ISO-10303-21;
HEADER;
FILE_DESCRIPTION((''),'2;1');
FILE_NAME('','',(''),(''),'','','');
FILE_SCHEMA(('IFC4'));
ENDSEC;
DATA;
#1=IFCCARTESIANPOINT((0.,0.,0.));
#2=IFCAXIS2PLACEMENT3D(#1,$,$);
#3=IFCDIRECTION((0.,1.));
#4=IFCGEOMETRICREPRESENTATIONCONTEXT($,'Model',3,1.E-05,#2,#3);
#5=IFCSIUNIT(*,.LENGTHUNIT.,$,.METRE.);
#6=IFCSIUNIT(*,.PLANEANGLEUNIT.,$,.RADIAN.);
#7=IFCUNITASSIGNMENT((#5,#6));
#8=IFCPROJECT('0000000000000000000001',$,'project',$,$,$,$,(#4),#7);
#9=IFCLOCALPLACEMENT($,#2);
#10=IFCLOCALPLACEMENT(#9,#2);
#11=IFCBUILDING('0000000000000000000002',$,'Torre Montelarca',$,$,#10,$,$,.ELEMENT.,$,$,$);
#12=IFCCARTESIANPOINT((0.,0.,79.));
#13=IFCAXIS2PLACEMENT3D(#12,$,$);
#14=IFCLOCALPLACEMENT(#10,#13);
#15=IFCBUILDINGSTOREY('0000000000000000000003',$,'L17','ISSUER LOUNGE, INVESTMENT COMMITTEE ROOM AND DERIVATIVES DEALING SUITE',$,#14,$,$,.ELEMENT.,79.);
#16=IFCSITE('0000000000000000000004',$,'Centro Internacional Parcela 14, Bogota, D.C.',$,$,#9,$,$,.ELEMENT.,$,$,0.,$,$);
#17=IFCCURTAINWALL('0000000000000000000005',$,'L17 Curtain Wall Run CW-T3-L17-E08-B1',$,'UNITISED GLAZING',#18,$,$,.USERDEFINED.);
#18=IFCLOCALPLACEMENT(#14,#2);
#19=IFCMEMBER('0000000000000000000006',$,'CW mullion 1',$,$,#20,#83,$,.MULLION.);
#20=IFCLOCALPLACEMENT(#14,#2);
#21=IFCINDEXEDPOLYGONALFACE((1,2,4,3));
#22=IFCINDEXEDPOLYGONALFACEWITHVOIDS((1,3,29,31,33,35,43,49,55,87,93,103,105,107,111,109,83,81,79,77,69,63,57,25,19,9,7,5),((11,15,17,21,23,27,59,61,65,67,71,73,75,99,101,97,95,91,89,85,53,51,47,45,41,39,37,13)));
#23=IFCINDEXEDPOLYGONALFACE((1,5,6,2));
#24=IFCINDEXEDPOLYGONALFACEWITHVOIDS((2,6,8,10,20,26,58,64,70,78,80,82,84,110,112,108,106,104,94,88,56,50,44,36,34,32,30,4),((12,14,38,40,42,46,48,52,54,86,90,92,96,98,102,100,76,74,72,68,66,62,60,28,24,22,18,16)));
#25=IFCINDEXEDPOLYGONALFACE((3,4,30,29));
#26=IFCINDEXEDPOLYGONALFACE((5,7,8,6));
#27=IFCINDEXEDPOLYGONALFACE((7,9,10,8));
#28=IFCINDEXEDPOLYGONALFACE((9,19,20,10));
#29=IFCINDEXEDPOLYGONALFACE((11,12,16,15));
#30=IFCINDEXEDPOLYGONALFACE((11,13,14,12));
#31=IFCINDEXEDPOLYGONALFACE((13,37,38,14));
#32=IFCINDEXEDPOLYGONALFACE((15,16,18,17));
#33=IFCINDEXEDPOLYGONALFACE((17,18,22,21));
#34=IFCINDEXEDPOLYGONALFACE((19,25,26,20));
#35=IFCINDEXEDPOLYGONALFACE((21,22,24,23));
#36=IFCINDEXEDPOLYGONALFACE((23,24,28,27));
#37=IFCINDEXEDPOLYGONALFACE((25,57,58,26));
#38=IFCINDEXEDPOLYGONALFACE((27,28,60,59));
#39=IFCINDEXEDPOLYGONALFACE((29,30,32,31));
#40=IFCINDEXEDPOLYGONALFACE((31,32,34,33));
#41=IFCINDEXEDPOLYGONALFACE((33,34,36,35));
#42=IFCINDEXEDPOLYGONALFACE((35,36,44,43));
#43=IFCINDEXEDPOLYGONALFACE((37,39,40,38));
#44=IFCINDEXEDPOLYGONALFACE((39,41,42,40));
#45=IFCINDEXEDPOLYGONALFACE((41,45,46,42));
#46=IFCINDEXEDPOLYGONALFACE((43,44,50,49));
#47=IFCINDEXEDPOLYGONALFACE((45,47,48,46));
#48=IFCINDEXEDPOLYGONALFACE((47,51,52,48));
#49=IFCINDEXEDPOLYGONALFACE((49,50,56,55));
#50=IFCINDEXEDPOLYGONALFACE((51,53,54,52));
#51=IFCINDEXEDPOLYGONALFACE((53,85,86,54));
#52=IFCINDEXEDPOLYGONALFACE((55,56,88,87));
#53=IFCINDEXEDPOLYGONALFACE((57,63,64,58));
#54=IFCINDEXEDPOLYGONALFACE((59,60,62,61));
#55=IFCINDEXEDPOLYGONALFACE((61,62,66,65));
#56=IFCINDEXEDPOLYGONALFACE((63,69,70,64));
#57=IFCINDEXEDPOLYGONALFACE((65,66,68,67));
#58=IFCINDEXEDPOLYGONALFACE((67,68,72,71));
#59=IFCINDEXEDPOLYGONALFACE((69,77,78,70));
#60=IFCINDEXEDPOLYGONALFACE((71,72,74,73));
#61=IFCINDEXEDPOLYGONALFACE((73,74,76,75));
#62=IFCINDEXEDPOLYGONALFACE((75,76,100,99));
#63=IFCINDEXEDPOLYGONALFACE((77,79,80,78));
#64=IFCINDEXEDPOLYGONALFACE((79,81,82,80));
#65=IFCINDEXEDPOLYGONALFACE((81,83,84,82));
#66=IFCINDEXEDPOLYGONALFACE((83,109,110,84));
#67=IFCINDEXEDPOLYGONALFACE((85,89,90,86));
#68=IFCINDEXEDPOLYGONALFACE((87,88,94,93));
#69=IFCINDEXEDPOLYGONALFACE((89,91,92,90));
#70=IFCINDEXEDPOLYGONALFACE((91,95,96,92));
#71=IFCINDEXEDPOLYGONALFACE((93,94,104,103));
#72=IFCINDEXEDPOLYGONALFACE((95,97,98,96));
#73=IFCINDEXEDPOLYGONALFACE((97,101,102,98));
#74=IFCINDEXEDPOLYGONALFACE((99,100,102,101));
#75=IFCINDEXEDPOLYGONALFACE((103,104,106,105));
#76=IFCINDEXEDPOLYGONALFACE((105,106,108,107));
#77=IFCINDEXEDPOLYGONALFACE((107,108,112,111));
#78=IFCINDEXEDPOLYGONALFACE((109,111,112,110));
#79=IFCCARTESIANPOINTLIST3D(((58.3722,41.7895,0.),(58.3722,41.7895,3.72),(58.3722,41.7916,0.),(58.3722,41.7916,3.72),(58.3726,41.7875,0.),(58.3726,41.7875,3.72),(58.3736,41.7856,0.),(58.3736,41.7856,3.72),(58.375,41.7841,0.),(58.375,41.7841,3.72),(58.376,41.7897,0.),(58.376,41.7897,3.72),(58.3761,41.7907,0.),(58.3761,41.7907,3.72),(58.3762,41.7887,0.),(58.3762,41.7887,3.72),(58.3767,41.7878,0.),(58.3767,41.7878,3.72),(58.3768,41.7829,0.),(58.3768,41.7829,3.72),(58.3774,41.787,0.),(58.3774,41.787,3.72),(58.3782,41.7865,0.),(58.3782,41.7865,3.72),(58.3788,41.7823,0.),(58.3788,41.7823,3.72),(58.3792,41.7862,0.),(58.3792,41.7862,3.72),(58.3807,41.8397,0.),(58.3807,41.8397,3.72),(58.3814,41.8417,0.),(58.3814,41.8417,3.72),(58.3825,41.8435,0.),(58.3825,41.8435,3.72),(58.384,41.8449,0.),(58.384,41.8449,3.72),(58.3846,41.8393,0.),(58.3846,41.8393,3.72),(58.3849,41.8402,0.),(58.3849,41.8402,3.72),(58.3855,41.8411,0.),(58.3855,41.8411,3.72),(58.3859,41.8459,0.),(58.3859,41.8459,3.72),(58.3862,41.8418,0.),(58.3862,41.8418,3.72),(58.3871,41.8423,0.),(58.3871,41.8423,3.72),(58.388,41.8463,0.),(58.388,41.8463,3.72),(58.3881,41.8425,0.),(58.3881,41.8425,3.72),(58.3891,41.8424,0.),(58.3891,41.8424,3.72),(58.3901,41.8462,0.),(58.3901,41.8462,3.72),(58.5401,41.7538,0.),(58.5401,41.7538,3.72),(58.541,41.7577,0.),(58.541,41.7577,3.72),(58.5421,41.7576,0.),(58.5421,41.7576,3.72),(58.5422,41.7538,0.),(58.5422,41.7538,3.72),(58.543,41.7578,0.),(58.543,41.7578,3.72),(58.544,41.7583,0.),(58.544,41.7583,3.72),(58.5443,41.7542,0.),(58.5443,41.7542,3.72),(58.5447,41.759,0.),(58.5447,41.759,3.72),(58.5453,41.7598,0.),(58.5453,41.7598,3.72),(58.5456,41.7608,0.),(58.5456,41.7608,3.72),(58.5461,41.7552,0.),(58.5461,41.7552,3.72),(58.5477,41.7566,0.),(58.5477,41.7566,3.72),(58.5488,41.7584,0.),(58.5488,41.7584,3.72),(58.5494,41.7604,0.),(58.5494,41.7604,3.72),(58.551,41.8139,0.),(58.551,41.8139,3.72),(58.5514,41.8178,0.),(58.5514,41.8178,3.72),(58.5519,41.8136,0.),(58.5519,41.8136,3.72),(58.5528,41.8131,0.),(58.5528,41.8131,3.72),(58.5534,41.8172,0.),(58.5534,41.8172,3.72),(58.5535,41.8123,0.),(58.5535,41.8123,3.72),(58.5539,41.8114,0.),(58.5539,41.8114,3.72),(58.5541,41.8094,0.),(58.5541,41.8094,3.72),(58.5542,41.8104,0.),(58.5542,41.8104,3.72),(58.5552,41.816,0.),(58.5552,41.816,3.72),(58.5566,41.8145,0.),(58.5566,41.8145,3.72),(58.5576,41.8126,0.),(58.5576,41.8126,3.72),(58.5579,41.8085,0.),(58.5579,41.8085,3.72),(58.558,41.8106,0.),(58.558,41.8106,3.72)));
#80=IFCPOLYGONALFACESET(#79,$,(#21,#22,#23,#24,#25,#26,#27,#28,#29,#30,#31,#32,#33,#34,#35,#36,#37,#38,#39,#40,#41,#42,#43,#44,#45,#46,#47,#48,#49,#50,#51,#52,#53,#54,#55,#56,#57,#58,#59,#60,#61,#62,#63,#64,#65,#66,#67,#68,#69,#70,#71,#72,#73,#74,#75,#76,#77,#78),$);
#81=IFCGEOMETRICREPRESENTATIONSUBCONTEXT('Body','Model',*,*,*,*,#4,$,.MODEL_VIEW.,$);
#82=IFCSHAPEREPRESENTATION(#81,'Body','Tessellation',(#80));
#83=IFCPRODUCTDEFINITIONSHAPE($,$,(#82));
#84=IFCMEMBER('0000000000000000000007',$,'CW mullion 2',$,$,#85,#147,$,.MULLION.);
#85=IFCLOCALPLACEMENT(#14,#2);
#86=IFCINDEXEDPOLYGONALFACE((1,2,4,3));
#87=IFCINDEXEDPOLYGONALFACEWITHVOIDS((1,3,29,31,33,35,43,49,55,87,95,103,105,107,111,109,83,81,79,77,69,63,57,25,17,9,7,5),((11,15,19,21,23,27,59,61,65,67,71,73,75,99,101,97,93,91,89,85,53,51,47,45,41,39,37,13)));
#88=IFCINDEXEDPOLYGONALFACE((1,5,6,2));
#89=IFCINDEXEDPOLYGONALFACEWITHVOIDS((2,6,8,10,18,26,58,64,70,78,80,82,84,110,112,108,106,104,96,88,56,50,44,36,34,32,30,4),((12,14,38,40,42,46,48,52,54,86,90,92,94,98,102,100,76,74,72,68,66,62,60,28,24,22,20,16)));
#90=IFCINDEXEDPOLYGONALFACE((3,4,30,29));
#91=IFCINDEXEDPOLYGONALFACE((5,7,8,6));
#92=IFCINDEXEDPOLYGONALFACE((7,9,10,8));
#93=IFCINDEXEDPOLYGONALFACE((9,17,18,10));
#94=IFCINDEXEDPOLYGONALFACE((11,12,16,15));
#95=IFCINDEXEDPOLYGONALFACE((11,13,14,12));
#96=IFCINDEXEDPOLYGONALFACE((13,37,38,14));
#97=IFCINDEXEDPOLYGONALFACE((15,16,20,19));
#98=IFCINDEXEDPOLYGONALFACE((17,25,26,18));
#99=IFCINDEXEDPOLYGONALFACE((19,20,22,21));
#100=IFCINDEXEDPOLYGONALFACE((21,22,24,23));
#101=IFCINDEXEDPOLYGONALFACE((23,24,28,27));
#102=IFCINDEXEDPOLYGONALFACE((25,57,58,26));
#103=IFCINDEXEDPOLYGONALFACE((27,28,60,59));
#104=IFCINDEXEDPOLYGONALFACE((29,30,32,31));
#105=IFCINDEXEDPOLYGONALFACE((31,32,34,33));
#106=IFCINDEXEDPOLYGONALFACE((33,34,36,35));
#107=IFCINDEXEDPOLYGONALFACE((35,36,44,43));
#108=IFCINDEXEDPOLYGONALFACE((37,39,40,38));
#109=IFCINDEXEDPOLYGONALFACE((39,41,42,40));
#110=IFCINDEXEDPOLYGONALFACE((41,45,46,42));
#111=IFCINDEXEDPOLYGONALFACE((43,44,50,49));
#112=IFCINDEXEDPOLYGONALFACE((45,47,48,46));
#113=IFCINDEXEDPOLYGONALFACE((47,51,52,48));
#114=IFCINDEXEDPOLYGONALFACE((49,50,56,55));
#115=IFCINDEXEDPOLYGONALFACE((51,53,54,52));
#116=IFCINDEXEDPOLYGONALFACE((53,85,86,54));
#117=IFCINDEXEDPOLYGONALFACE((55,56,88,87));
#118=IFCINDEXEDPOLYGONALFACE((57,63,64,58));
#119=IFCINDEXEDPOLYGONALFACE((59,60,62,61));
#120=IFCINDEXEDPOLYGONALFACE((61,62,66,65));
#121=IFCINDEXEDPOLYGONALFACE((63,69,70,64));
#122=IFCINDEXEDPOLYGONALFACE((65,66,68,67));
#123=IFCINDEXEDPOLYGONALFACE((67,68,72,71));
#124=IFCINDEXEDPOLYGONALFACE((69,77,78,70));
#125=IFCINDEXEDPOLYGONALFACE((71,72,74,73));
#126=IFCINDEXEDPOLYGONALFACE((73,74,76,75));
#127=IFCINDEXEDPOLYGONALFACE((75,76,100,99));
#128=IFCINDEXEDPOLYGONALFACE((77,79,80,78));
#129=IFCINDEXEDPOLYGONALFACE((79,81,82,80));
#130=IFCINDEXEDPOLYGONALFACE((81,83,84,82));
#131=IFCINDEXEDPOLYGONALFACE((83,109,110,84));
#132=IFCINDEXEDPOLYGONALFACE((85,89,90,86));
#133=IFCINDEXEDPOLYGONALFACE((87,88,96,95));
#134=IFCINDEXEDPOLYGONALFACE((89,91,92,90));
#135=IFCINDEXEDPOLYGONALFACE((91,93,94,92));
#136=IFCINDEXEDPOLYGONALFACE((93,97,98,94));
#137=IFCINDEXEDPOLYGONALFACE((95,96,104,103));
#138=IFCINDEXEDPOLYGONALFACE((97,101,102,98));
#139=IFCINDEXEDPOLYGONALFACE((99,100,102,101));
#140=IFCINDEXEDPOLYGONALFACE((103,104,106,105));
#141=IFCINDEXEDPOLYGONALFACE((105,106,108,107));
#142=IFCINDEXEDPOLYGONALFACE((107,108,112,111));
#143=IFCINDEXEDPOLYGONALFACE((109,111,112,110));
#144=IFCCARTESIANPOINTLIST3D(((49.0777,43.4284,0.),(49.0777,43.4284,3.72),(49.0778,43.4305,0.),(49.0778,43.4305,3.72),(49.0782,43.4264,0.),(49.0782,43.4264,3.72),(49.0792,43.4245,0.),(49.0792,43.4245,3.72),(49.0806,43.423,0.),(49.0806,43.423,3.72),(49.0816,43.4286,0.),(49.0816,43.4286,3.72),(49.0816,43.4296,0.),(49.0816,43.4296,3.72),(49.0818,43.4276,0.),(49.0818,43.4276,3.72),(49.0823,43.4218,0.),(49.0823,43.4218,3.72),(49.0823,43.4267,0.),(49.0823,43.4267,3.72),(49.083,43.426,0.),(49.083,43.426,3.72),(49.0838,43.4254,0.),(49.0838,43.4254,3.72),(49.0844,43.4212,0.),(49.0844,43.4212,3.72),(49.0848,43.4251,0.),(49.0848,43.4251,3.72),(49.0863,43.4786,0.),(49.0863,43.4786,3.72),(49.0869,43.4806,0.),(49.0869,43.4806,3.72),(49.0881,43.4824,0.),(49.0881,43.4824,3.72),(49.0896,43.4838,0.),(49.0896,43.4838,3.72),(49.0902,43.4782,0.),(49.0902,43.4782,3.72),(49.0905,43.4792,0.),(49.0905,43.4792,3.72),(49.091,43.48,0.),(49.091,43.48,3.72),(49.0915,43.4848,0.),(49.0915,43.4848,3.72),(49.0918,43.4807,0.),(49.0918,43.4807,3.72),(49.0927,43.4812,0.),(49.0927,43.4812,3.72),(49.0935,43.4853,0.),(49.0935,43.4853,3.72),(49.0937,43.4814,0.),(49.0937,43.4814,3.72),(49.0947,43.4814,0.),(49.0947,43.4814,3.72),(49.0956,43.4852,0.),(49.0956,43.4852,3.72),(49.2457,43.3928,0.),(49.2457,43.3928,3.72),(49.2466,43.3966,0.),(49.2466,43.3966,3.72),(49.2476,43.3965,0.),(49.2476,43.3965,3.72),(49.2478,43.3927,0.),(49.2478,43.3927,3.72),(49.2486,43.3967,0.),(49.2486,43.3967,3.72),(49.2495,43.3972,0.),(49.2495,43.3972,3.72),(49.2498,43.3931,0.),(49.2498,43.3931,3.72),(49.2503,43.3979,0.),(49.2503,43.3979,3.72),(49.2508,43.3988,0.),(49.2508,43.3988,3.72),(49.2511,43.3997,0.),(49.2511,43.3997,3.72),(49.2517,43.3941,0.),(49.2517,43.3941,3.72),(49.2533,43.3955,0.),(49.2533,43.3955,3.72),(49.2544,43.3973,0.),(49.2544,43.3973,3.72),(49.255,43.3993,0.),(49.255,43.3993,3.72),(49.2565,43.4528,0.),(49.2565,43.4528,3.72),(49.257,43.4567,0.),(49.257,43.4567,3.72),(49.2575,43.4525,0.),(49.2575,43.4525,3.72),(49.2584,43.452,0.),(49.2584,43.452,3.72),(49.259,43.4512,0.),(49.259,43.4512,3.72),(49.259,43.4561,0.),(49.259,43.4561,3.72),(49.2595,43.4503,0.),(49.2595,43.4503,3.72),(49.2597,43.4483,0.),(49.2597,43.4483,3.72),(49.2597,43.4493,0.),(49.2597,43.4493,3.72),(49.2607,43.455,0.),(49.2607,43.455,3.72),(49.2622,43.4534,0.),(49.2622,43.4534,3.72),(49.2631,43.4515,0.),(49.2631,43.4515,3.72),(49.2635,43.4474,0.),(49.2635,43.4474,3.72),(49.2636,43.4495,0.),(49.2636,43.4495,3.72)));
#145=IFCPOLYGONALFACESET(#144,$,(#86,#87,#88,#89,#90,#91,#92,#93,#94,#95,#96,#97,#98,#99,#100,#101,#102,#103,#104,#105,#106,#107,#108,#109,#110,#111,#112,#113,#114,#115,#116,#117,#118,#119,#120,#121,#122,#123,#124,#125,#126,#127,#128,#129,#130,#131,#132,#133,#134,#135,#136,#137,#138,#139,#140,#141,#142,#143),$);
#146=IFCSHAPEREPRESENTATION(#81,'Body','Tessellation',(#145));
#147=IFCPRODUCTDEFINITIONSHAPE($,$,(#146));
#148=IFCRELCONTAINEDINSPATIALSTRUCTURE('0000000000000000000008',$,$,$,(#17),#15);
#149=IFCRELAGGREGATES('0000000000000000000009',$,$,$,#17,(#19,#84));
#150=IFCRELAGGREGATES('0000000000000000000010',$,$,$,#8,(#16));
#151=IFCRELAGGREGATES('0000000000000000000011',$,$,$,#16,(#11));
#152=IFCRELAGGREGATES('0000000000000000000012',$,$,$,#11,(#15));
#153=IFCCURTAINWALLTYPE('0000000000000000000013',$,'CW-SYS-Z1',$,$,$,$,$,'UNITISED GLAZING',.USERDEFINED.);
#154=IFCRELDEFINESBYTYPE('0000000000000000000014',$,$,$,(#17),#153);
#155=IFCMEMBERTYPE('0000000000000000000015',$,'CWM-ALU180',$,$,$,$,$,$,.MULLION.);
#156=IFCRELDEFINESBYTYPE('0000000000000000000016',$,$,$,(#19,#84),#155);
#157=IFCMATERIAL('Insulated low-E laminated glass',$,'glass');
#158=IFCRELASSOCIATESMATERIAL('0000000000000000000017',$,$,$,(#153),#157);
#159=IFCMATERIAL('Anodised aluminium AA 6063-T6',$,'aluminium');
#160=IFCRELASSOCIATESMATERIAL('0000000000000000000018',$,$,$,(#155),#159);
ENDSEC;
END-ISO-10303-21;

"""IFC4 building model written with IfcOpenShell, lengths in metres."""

from ifc_helpers import new_model, si_unit, direction, frame, origin, origin_2d, place, context, subcontext, project, spatial, hollow_rectangle, extrude, source, transform, mapped, material, material_profile, profile_set, type_object, element, aggregate, save


model = new_model("IFC4")

# Units and contexts
model_context = context("Model", 3, precision=1e-05, world=origin(), true_north=direction((0.0, 1.0)))
body_context = subcontext(model_context, "Body", "Model", "MODEL_VIEW")
ifc_project = project(units=[si_unit("LENGTHUNIT", "METRE"), si_unit("PLANEANGLEUNIT", "RADIAN")], contexts=[model_context])

# Site, building, storey
site_placement = place(None, origin())
site = spatial("IfcSite", under=ifc_project, at=site_placement, Name="Centro Internacional Parcela 14, Bogota, D.C.", CompositionType="ELEMENT", RefElevation=0.0)
building_placement = place(site_placement, origin())
building = spatial("IfcBuilding", under=site, at=building_placement, Name="Torre Montelarca", CompositionType="ELEMENT")
storey_placement = place(building_placement, frame((0.0, 0.0, 79.0)))
storey = spatial("IfcBuildingStorey", under=building, at=storey_placement, Name="L17", Description="ISSUER LOUNGE, INVESTMENT COMMITTEE ROOM AND DERIVATIVES DEALING SUITE", CompositionType="ELEMENT", Elevation=79.0)

# Curtain wall
ifc_material_1 = material(Name="Insulated low-E laminated glass", Category="glass")
curtain_wall_type = type_object("IfcCurtainWallType", Name="CW-SYS-Z1", ElementType="UNITISED GLAZING", PredefinedType="USERDEFINED", material=ifc_material_1)
ifc_material_2 = material(Name="Anodised aluminium AA 6063-T6", Category="aluminium")
curtain_wall_1_placement = place(storey_placement, origin())
curtain_wall_1 = element("IfcCurtainWall", 1, at=curtain_wall_1_placement, inside=storey, type_object=curtain_wall_type, Name="L17 Curtain Wall Run CW-T3-L17-E08-B1", ObjectType="UNITISED GLAZING", PredefinedType="USERDEFINED")
ifc_material_profile_1 = material_profile(ifc_material_2, hollow_rectangle(XDim=0.0649, YDim=0.1799, WallThickness=0.0039, InnerFilletRadius=0.0039, OuterFilletRadius=0.0081, at=origin_2d()), Name="ALU65X180X4", Category="aluminium")
ifc_profile_set_1 = profile_set([ifc_material_profile_1], Name="Anodised aluminium AA 6063-T6")
member_type_1 = type_object("IfcMemberType", Name="CWM-ALU180", PredefinedType="MULLION", material=ifc_profile_set_1)
shared_shape_1 = source(origin(), body_context, "Body", "SweptSolid", [
    extrude(hollow_rectangle(XDim=0.0649, YDim=0.1799, WallThickness=0.0039, InnerFilletRadius=0.0039, OuterFilletRadius=0.0081, at=origin_2d()), origin(), (0.0, 0.0, 1.0), 3.72),
])

# Members
member_1_placement = place(storey_placement, frame((58.4651, 41.8, 0.0), z_axis=(0.0, 0.0, 1.0), x_axis=(-0.173648, -0.984808, 0.0)))
member_1 = element("IfcMember", 2, at=member_1_placement, type_object=member_type_1, Name="CW mullion 1", PredefinedType="MULLION", context=body_context, shape_type="MappedRepresentation", body=[
    mapped(shared_shape_1, transform((0.0, 0.0, 0.0), scale=1.0)),
])
member_2_placement = place(storey_placement, frame((49.1707, 43.439, 0.0), z_axis=(0.0, 0.0, 1.0), x_axis=(-0.173648, -0.984808, 0.0)))
member_2 = element("IfcMember", 3, at=member_2_placement, type_object=member_type_1, Name="CW mullion 2", PredefinedType="MULLION", context=body_context, shape_type="MappedRepresentation", body=[
    mapped(shared_shape_1, transform((0.0, 0.0, 0.0), scale=1.0)),
])

aggregate(curtain_wall_1, [member_1, member_2])

save(model, "model.ifc")
